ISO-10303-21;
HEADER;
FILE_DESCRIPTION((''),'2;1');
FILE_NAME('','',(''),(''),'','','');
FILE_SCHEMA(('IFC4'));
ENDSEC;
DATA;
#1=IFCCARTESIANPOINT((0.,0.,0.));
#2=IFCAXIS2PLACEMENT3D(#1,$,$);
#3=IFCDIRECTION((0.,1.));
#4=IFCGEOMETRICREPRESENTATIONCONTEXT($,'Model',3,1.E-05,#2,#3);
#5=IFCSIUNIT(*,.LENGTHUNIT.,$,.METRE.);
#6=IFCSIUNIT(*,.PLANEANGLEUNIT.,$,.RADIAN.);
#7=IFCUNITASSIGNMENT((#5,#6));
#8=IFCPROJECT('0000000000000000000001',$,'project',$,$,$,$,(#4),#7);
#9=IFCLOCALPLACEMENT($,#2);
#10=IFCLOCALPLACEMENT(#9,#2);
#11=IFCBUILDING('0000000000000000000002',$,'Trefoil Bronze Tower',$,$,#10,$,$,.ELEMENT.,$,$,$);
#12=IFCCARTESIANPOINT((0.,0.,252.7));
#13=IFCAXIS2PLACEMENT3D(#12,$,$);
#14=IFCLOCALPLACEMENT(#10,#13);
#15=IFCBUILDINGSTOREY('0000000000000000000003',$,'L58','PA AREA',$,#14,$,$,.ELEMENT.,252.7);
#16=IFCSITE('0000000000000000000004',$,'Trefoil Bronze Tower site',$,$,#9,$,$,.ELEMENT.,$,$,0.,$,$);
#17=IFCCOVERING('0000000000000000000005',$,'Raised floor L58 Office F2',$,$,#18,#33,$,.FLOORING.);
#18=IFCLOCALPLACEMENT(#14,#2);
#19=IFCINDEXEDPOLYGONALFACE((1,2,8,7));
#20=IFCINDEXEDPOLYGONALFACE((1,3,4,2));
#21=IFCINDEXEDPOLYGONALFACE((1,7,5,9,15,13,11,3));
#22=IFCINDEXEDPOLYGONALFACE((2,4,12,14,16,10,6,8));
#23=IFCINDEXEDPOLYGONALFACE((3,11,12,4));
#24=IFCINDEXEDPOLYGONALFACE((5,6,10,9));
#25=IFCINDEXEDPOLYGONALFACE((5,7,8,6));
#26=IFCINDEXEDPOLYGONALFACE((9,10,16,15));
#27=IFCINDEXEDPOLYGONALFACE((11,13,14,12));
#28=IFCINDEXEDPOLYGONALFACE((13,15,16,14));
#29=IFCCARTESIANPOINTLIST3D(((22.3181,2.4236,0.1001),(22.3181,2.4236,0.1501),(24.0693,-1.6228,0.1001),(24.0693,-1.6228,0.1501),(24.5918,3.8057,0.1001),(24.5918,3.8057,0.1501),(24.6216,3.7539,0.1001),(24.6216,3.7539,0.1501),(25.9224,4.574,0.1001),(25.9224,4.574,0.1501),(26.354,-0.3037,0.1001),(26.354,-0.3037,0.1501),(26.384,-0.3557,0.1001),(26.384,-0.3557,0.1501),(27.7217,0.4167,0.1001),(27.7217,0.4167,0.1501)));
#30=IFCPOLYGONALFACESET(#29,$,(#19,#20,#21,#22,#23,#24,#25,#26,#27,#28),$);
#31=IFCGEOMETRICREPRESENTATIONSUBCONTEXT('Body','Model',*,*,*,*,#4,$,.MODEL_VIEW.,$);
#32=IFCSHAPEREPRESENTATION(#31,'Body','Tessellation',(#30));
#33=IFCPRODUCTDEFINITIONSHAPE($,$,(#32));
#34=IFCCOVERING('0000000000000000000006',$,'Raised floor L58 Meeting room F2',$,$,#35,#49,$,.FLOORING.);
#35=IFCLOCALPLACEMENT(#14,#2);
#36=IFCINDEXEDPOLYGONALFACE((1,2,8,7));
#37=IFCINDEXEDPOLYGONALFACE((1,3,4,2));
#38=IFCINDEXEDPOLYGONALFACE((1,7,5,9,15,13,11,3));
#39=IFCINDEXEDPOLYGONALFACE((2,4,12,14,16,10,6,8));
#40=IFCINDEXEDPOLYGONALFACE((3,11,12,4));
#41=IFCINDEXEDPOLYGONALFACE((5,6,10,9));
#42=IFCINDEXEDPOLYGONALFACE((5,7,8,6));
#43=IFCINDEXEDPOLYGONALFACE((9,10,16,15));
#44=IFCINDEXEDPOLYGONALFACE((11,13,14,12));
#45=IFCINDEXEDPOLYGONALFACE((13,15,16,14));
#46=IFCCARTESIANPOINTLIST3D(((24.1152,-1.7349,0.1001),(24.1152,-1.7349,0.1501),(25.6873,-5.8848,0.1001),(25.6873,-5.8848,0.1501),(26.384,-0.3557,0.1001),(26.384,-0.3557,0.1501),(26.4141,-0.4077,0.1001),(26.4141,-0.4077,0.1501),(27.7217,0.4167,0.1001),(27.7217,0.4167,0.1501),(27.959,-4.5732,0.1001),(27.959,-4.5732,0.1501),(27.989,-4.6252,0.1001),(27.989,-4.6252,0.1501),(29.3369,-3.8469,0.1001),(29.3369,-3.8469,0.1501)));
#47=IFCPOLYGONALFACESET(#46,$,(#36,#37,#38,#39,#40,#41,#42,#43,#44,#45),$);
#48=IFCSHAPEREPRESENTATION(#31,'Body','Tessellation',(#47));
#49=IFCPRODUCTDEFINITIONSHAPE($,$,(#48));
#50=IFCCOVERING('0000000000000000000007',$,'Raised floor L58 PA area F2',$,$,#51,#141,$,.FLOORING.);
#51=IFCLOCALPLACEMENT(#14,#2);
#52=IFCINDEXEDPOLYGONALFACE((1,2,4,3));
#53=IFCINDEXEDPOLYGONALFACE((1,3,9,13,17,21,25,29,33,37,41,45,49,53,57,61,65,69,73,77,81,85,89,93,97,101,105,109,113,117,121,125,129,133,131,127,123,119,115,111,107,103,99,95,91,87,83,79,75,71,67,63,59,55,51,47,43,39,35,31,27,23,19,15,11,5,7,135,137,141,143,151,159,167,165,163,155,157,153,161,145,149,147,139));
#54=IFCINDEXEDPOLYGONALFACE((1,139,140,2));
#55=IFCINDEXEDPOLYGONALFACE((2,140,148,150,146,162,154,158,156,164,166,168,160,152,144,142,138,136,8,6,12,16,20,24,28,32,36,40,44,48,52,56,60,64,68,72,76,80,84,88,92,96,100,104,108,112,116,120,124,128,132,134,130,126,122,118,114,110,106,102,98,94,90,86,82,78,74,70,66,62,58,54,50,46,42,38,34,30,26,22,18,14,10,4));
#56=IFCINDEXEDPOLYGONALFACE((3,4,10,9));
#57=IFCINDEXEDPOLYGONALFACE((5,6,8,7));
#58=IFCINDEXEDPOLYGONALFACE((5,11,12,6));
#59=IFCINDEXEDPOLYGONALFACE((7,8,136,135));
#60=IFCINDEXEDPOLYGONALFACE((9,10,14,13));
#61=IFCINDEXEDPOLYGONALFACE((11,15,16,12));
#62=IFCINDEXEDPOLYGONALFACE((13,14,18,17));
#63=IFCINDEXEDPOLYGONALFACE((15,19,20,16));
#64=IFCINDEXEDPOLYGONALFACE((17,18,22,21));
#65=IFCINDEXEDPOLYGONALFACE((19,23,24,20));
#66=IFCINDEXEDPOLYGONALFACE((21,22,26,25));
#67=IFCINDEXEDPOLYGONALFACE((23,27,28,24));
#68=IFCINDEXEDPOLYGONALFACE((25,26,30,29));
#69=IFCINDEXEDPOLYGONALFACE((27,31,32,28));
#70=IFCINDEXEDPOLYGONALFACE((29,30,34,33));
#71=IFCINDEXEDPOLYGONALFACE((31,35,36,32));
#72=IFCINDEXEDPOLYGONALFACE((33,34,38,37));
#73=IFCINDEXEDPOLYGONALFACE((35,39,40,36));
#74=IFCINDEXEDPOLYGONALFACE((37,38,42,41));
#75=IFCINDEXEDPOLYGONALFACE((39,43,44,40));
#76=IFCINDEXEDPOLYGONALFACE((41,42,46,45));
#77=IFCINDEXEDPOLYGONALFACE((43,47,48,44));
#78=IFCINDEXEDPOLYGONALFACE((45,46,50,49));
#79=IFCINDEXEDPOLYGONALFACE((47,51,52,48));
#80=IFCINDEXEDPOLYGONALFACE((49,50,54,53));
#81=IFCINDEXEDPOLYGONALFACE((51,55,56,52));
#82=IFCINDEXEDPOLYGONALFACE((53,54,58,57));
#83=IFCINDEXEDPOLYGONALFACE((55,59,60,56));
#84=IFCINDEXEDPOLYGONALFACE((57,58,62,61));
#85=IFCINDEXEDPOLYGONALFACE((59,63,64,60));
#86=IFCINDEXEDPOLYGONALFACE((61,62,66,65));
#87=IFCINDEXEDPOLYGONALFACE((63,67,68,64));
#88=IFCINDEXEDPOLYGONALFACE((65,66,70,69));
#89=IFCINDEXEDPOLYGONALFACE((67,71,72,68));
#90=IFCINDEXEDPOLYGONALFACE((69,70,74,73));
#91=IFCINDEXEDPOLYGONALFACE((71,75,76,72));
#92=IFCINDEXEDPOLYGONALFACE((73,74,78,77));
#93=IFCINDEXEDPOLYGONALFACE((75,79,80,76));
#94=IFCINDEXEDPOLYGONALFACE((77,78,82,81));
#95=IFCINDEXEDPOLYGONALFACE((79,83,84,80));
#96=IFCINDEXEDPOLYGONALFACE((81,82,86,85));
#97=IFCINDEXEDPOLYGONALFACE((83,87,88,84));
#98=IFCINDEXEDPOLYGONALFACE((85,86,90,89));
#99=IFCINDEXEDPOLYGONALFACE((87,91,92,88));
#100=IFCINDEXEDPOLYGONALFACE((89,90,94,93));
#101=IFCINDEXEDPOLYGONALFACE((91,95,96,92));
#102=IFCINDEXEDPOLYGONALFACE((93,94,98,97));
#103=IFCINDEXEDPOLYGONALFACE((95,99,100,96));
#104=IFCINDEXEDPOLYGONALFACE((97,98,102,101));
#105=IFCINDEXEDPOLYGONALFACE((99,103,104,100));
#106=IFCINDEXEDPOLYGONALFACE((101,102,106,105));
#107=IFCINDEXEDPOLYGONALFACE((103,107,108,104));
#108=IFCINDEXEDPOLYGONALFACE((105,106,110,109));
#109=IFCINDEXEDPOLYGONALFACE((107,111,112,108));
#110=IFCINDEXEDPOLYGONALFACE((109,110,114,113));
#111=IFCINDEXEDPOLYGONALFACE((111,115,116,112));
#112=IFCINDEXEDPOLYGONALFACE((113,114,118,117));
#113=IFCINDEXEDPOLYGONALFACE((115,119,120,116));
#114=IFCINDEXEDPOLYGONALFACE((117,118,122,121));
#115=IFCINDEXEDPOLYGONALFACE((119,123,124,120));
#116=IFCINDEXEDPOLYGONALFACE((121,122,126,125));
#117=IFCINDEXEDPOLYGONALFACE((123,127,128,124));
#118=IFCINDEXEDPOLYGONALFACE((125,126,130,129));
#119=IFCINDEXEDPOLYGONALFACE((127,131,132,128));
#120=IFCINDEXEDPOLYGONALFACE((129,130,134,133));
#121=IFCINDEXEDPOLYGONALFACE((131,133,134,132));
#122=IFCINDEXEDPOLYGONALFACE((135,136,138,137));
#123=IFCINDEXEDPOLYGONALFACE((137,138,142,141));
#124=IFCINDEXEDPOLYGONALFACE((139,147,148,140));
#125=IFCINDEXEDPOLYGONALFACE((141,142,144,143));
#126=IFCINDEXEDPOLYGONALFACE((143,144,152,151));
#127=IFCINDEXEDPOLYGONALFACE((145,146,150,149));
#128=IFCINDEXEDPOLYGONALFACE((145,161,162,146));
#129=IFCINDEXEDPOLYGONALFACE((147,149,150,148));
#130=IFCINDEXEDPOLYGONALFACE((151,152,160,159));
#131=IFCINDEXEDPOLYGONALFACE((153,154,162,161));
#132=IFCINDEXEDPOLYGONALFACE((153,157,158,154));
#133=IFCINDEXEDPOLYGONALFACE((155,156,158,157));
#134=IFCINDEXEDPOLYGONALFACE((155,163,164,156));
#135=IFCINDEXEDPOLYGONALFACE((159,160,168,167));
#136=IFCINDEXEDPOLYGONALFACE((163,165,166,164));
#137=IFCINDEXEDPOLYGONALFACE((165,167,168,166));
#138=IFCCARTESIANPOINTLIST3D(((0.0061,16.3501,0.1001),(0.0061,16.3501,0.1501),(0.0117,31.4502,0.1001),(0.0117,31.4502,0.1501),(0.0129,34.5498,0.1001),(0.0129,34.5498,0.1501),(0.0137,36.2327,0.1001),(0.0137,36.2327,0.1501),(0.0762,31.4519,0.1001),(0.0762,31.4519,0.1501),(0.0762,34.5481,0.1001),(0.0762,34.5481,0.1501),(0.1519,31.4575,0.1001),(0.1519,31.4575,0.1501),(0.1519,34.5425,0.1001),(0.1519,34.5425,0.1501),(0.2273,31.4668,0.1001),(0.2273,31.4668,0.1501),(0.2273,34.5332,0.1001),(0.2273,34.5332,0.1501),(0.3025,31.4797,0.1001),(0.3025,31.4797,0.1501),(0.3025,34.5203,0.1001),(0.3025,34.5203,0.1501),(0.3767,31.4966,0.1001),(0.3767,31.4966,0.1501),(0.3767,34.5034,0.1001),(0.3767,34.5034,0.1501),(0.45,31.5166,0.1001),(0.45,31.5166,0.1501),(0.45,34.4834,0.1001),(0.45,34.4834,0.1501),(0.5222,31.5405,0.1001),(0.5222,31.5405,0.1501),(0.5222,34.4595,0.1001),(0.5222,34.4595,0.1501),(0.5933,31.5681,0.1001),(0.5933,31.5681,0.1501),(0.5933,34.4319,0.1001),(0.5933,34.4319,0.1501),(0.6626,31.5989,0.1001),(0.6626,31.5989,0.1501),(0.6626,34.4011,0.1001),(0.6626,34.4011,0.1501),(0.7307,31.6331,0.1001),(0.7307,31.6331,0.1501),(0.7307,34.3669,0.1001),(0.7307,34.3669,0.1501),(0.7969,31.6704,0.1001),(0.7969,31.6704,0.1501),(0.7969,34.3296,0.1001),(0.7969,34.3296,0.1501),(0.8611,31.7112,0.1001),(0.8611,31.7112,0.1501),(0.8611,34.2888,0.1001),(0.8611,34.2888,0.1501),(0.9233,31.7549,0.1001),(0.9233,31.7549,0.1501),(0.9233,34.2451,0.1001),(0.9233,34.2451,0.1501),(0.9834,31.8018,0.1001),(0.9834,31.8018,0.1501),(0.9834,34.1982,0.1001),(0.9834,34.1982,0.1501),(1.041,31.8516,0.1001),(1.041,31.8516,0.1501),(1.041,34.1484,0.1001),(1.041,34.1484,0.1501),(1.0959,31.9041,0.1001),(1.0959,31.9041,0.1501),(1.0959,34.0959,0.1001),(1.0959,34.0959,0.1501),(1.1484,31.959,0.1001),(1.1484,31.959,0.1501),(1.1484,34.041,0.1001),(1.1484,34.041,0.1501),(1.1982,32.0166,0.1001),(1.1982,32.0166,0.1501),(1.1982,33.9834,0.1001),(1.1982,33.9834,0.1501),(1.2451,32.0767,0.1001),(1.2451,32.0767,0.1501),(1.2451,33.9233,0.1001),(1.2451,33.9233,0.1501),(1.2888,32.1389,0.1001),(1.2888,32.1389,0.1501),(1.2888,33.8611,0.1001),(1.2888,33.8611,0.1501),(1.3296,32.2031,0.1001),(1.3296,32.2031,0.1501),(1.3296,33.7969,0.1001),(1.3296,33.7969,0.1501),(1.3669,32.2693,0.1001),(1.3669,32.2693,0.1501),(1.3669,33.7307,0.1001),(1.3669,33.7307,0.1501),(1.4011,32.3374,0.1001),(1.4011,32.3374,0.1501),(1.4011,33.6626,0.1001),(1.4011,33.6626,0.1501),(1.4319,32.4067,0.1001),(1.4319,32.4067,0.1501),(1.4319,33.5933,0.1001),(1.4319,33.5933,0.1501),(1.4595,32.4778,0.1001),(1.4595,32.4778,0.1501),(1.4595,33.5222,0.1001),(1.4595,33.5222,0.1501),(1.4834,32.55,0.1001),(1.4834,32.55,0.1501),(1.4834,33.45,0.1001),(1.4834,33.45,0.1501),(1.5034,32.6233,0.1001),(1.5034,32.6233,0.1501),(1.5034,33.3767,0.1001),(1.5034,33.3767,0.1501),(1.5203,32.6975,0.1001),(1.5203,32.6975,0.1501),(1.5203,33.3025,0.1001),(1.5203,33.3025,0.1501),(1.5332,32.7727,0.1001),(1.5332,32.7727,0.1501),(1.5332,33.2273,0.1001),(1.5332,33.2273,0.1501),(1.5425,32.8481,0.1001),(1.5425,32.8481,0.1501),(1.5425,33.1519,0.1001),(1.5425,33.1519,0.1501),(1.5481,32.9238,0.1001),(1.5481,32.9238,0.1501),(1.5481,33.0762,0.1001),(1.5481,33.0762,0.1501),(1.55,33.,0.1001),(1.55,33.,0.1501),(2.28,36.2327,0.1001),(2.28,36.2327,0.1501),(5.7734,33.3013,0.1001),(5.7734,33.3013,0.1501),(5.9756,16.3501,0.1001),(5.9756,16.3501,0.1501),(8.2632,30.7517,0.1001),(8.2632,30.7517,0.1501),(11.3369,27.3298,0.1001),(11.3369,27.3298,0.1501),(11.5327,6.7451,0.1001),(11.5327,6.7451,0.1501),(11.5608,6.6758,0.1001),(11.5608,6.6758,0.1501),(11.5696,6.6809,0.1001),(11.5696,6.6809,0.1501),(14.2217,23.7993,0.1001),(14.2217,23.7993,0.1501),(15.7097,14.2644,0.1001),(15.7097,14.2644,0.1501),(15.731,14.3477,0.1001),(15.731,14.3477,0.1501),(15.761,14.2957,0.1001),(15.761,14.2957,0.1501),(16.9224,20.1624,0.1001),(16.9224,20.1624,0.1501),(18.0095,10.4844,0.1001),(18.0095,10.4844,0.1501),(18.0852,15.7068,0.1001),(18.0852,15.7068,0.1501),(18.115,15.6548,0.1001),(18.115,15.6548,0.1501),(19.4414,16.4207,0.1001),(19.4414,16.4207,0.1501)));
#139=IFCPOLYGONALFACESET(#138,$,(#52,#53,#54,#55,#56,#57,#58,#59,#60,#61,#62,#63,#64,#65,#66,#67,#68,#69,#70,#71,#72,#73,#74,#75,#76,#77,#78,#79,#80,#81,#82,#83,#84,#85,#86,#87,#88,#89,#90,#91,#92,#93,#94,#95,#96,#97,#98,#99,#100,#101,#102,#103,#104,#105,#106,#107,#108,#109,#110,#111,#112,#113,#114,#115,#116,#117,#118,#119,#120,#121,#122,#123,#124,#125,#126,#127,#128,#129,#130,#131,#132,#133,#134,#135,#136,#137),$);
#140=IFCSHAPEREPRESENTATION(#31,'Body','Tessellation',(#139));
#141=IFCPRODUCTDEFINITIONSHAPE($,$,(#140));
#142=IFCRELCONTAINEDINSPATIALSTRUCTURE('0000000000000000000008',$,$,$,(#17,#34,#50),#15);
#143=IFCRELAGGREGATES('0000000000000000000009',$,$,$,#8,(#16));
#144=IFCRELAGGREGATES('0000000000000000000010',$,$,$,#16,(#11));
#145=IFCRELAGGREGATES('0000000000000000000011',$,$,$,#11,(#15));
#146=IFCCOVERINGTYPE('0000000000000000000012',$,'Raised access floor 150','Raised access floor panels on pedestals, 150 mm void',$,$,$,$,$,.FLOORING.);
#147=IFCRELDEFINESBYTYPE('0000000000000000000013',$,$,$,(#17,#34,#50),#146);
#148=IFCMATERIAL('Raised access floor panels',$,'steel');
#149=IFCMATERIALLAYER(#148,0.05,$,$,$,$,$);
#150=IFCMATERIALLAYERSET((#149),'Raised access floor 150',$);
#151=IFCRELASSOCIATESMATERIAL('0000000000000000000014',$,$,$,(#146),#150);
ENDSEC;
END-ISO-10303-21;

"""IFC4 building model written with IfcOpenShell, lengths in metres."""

from ifc_helpers import new_model, si_unit, direction, frame, origin, place, context, subcontext, project, spatial, polyline, outline, extrude, material, layer, layer_set, type_object, element, save


model = new_model("IFC4")

# Units and contexts
model_context = context("Model", 3, precision=1e-05, world=origin(), true_north=direction((0.0, 1.0)))
body_context = subcontext(model_context, "Body", "Model", "MODEL_VIEW")
ifc_project = project(units=[si_unit("LENGTHUNIT", "METRE"), si_unit("PLANEANGLEUNIT", "RADIAN")], contexts=[model_context])

# Site, building, storey
site_placement = place(None, origin())
site = spatial("IfcSite", under=ifc_project, at=site_placement, Name="Trefoil Bronze Tower site", CompositionType="ELEMENT", RefElevation=0.0)
building_placement = place(site_placement, origin())
building = spatial("IfcBuilding", under=site, at=building_placement, Name="Trefoil Bronze Tower", CompositionType="ELEMENT")
storey_placement = place(building_placement, frame((0.0, 0.0, 252.7)))
storey = spatial("IfcBuildingStorey", under=building, at=storey_placement, Name="L58", Description="PA AREA", CompositionType="ELEMENT", Elevation=252.7)

# Coverings
ifc_material_1 = material(Name="Raised access floor panels", Category="steel")
ifc_layer_1 = layer(ifc_material_1, 0.05)
ifc_layer_set_1 = layer_set([ifc_layer_1], Name="Raised access floor 150")
covering_type_1 = type_object("IfcCoveringType", Name="Raised access floor 150", Description="Raised access floor panels on pedestals, 150 mm void", PredefinedType="FLOORING", material=ifc_layer_set_1)
covering_1_placement = place(storey_placement, frame((0.0, 0.0, 0.1001)))
element("IfcCovering", 1, at=covering_1_placement, inside=storey, type_object=covering_type_1, Name="Raised floor L58 Office F2", PredefinedType="FLOORING", context=body_context, shape_type="SweptSolid", body=[
    extrude(outline(polyline([(25.9224, 4.574), (27.7217, 0.4167), (26.384, -0.3557), (26.354, -0.3037), (24.0693, -1.6228), (22.3181, 2.4236), (24.6216, 3.7539), (24.5918, 3.8057), (25.9224, 4.574)])), origin(), (0.0, 0.0, 1.0), 0.05),
])
covering_2_placement = place(storey_placement, frame((0.0, 0.0, 0.1001)))
element("IfcCovering", 2, at=covering_2_placement, inside=storey, type_object=covering_type_1, Name="Raised floor L58 Meeting room F2", PredefinedType="FLOORING", context=body_context, shape_type="SweptSolid", body=[
    extrude(outline(polyline([(27.7217, 0.4167), (29.3369, -3.8469), (27.989, -4.6252), (27.959, -4.5732), (25.6873, -5.8848), (24.1152, -1.7349), (26.4141, -0.4077), (26.384, -0.3557), (27.7217, 0.4167)])), origin(), (0.0, 0.0, 1.0), 0.05),
])
covering_3_placement = place(storey_placement, frame((0.0, 0.0, 0.1001)))
element("IfcCovering", 3, at=covering_3_placement, inside=storey, type_object=covering_type_1, Name="Raised floor L58 PA area F2", PredefinedType="FLOORING", context=body_context, shape_type="SweptSolid", body=[
    extrude(outline(polyline([(14.2217, 23.7993), (16.9224, 20.1624), (19.4414, 16.4207), (18.115, 15.6548), (18.0852, 15.7068), (15.731, 14.3477), (15.761, 14.2957), (15.7097, 14.2644), (18.0095, 10.4844), (11.5327, 6.7451), (11.5696, 6.6809), (11.5608, 6.6758), (5.9756, 16.3501), (0.0061, 16.3501), (0.0117, 31.4502), (0.0762, 31.4519), (0.1519, 31.4575), (0.2273, 31.4668), (0.3025, 31.4797), (0.3767, 31.4966), (0.45, 31.5166), (0.5222, 31.5405), (0.5933, 31.5681), (0.6626, 31.5989), (0.7307, 31.6331), (0.7969, 31.6704), (0.8611, 31.7112), (0.9233, 31.7549), (0.9834, 31.8018), (1.041, 31.8516), (1.0959, 31.9041), (1.1484, 31.959), (1.1982, 32.0166), (1.2451, 32.0767), (1.2888, 32.1389), (1.3296, 32.2031), (1.3669, 32.2693), (1.4011, 32.3374), (1.4319, 32.4067), (1.4595, 32.4778), (1.4834, 32.55), (1.5034, 32.6233), (1.5203, 32.6975), (1.5332, 32.7727), (1.5425, 32.8481), (1.5481, 32.9238), (1.55, 33.0), (1.5481, 33.0762), (1.5425, 33.1519), (1.5332, 33.2273), (1.5203, 33.3025), (1.5034, 33.3767), (1.4834, 33.45), (1.4595, 33.5222), (1.4319, 33.5933), (1.4011, 33.6626), (1.3669, 33.7307), (1.3296, 33.7969), (1.2888, 33.8611), (1.2451, 33.9233), (1.1982, 33.9834), (1.1484, 34.041), (1.0959, 34.0959), (1.041, 34.1484), (0.9834, 34.1982), (0.9233, 34.2451), (0.8611, 34.2888), (0.7969, 34.3296), (0.7307, 34.3669), (0.6626, 34.4011), (0.5933, 34.4319), (0.5222, 34.4595), (0.45, 34.4834), (0.3767, 34.5034), (0.3025, 34.5203), (0.2273, 34.5332), (0.1519, 34.5425), (0.0762, 34.5481), (0.0129, 34.5498), (0.0137, 36.2327), (2.28, 36.2327), (5.7734, 33.3013), (8.2632, 30.7517), (11.3369, 27.3298), (14.2217, 23.7993)])), origin(), (0.0, 0.0, 1.0), 0.05),
])

save(model, "model.ifc")
